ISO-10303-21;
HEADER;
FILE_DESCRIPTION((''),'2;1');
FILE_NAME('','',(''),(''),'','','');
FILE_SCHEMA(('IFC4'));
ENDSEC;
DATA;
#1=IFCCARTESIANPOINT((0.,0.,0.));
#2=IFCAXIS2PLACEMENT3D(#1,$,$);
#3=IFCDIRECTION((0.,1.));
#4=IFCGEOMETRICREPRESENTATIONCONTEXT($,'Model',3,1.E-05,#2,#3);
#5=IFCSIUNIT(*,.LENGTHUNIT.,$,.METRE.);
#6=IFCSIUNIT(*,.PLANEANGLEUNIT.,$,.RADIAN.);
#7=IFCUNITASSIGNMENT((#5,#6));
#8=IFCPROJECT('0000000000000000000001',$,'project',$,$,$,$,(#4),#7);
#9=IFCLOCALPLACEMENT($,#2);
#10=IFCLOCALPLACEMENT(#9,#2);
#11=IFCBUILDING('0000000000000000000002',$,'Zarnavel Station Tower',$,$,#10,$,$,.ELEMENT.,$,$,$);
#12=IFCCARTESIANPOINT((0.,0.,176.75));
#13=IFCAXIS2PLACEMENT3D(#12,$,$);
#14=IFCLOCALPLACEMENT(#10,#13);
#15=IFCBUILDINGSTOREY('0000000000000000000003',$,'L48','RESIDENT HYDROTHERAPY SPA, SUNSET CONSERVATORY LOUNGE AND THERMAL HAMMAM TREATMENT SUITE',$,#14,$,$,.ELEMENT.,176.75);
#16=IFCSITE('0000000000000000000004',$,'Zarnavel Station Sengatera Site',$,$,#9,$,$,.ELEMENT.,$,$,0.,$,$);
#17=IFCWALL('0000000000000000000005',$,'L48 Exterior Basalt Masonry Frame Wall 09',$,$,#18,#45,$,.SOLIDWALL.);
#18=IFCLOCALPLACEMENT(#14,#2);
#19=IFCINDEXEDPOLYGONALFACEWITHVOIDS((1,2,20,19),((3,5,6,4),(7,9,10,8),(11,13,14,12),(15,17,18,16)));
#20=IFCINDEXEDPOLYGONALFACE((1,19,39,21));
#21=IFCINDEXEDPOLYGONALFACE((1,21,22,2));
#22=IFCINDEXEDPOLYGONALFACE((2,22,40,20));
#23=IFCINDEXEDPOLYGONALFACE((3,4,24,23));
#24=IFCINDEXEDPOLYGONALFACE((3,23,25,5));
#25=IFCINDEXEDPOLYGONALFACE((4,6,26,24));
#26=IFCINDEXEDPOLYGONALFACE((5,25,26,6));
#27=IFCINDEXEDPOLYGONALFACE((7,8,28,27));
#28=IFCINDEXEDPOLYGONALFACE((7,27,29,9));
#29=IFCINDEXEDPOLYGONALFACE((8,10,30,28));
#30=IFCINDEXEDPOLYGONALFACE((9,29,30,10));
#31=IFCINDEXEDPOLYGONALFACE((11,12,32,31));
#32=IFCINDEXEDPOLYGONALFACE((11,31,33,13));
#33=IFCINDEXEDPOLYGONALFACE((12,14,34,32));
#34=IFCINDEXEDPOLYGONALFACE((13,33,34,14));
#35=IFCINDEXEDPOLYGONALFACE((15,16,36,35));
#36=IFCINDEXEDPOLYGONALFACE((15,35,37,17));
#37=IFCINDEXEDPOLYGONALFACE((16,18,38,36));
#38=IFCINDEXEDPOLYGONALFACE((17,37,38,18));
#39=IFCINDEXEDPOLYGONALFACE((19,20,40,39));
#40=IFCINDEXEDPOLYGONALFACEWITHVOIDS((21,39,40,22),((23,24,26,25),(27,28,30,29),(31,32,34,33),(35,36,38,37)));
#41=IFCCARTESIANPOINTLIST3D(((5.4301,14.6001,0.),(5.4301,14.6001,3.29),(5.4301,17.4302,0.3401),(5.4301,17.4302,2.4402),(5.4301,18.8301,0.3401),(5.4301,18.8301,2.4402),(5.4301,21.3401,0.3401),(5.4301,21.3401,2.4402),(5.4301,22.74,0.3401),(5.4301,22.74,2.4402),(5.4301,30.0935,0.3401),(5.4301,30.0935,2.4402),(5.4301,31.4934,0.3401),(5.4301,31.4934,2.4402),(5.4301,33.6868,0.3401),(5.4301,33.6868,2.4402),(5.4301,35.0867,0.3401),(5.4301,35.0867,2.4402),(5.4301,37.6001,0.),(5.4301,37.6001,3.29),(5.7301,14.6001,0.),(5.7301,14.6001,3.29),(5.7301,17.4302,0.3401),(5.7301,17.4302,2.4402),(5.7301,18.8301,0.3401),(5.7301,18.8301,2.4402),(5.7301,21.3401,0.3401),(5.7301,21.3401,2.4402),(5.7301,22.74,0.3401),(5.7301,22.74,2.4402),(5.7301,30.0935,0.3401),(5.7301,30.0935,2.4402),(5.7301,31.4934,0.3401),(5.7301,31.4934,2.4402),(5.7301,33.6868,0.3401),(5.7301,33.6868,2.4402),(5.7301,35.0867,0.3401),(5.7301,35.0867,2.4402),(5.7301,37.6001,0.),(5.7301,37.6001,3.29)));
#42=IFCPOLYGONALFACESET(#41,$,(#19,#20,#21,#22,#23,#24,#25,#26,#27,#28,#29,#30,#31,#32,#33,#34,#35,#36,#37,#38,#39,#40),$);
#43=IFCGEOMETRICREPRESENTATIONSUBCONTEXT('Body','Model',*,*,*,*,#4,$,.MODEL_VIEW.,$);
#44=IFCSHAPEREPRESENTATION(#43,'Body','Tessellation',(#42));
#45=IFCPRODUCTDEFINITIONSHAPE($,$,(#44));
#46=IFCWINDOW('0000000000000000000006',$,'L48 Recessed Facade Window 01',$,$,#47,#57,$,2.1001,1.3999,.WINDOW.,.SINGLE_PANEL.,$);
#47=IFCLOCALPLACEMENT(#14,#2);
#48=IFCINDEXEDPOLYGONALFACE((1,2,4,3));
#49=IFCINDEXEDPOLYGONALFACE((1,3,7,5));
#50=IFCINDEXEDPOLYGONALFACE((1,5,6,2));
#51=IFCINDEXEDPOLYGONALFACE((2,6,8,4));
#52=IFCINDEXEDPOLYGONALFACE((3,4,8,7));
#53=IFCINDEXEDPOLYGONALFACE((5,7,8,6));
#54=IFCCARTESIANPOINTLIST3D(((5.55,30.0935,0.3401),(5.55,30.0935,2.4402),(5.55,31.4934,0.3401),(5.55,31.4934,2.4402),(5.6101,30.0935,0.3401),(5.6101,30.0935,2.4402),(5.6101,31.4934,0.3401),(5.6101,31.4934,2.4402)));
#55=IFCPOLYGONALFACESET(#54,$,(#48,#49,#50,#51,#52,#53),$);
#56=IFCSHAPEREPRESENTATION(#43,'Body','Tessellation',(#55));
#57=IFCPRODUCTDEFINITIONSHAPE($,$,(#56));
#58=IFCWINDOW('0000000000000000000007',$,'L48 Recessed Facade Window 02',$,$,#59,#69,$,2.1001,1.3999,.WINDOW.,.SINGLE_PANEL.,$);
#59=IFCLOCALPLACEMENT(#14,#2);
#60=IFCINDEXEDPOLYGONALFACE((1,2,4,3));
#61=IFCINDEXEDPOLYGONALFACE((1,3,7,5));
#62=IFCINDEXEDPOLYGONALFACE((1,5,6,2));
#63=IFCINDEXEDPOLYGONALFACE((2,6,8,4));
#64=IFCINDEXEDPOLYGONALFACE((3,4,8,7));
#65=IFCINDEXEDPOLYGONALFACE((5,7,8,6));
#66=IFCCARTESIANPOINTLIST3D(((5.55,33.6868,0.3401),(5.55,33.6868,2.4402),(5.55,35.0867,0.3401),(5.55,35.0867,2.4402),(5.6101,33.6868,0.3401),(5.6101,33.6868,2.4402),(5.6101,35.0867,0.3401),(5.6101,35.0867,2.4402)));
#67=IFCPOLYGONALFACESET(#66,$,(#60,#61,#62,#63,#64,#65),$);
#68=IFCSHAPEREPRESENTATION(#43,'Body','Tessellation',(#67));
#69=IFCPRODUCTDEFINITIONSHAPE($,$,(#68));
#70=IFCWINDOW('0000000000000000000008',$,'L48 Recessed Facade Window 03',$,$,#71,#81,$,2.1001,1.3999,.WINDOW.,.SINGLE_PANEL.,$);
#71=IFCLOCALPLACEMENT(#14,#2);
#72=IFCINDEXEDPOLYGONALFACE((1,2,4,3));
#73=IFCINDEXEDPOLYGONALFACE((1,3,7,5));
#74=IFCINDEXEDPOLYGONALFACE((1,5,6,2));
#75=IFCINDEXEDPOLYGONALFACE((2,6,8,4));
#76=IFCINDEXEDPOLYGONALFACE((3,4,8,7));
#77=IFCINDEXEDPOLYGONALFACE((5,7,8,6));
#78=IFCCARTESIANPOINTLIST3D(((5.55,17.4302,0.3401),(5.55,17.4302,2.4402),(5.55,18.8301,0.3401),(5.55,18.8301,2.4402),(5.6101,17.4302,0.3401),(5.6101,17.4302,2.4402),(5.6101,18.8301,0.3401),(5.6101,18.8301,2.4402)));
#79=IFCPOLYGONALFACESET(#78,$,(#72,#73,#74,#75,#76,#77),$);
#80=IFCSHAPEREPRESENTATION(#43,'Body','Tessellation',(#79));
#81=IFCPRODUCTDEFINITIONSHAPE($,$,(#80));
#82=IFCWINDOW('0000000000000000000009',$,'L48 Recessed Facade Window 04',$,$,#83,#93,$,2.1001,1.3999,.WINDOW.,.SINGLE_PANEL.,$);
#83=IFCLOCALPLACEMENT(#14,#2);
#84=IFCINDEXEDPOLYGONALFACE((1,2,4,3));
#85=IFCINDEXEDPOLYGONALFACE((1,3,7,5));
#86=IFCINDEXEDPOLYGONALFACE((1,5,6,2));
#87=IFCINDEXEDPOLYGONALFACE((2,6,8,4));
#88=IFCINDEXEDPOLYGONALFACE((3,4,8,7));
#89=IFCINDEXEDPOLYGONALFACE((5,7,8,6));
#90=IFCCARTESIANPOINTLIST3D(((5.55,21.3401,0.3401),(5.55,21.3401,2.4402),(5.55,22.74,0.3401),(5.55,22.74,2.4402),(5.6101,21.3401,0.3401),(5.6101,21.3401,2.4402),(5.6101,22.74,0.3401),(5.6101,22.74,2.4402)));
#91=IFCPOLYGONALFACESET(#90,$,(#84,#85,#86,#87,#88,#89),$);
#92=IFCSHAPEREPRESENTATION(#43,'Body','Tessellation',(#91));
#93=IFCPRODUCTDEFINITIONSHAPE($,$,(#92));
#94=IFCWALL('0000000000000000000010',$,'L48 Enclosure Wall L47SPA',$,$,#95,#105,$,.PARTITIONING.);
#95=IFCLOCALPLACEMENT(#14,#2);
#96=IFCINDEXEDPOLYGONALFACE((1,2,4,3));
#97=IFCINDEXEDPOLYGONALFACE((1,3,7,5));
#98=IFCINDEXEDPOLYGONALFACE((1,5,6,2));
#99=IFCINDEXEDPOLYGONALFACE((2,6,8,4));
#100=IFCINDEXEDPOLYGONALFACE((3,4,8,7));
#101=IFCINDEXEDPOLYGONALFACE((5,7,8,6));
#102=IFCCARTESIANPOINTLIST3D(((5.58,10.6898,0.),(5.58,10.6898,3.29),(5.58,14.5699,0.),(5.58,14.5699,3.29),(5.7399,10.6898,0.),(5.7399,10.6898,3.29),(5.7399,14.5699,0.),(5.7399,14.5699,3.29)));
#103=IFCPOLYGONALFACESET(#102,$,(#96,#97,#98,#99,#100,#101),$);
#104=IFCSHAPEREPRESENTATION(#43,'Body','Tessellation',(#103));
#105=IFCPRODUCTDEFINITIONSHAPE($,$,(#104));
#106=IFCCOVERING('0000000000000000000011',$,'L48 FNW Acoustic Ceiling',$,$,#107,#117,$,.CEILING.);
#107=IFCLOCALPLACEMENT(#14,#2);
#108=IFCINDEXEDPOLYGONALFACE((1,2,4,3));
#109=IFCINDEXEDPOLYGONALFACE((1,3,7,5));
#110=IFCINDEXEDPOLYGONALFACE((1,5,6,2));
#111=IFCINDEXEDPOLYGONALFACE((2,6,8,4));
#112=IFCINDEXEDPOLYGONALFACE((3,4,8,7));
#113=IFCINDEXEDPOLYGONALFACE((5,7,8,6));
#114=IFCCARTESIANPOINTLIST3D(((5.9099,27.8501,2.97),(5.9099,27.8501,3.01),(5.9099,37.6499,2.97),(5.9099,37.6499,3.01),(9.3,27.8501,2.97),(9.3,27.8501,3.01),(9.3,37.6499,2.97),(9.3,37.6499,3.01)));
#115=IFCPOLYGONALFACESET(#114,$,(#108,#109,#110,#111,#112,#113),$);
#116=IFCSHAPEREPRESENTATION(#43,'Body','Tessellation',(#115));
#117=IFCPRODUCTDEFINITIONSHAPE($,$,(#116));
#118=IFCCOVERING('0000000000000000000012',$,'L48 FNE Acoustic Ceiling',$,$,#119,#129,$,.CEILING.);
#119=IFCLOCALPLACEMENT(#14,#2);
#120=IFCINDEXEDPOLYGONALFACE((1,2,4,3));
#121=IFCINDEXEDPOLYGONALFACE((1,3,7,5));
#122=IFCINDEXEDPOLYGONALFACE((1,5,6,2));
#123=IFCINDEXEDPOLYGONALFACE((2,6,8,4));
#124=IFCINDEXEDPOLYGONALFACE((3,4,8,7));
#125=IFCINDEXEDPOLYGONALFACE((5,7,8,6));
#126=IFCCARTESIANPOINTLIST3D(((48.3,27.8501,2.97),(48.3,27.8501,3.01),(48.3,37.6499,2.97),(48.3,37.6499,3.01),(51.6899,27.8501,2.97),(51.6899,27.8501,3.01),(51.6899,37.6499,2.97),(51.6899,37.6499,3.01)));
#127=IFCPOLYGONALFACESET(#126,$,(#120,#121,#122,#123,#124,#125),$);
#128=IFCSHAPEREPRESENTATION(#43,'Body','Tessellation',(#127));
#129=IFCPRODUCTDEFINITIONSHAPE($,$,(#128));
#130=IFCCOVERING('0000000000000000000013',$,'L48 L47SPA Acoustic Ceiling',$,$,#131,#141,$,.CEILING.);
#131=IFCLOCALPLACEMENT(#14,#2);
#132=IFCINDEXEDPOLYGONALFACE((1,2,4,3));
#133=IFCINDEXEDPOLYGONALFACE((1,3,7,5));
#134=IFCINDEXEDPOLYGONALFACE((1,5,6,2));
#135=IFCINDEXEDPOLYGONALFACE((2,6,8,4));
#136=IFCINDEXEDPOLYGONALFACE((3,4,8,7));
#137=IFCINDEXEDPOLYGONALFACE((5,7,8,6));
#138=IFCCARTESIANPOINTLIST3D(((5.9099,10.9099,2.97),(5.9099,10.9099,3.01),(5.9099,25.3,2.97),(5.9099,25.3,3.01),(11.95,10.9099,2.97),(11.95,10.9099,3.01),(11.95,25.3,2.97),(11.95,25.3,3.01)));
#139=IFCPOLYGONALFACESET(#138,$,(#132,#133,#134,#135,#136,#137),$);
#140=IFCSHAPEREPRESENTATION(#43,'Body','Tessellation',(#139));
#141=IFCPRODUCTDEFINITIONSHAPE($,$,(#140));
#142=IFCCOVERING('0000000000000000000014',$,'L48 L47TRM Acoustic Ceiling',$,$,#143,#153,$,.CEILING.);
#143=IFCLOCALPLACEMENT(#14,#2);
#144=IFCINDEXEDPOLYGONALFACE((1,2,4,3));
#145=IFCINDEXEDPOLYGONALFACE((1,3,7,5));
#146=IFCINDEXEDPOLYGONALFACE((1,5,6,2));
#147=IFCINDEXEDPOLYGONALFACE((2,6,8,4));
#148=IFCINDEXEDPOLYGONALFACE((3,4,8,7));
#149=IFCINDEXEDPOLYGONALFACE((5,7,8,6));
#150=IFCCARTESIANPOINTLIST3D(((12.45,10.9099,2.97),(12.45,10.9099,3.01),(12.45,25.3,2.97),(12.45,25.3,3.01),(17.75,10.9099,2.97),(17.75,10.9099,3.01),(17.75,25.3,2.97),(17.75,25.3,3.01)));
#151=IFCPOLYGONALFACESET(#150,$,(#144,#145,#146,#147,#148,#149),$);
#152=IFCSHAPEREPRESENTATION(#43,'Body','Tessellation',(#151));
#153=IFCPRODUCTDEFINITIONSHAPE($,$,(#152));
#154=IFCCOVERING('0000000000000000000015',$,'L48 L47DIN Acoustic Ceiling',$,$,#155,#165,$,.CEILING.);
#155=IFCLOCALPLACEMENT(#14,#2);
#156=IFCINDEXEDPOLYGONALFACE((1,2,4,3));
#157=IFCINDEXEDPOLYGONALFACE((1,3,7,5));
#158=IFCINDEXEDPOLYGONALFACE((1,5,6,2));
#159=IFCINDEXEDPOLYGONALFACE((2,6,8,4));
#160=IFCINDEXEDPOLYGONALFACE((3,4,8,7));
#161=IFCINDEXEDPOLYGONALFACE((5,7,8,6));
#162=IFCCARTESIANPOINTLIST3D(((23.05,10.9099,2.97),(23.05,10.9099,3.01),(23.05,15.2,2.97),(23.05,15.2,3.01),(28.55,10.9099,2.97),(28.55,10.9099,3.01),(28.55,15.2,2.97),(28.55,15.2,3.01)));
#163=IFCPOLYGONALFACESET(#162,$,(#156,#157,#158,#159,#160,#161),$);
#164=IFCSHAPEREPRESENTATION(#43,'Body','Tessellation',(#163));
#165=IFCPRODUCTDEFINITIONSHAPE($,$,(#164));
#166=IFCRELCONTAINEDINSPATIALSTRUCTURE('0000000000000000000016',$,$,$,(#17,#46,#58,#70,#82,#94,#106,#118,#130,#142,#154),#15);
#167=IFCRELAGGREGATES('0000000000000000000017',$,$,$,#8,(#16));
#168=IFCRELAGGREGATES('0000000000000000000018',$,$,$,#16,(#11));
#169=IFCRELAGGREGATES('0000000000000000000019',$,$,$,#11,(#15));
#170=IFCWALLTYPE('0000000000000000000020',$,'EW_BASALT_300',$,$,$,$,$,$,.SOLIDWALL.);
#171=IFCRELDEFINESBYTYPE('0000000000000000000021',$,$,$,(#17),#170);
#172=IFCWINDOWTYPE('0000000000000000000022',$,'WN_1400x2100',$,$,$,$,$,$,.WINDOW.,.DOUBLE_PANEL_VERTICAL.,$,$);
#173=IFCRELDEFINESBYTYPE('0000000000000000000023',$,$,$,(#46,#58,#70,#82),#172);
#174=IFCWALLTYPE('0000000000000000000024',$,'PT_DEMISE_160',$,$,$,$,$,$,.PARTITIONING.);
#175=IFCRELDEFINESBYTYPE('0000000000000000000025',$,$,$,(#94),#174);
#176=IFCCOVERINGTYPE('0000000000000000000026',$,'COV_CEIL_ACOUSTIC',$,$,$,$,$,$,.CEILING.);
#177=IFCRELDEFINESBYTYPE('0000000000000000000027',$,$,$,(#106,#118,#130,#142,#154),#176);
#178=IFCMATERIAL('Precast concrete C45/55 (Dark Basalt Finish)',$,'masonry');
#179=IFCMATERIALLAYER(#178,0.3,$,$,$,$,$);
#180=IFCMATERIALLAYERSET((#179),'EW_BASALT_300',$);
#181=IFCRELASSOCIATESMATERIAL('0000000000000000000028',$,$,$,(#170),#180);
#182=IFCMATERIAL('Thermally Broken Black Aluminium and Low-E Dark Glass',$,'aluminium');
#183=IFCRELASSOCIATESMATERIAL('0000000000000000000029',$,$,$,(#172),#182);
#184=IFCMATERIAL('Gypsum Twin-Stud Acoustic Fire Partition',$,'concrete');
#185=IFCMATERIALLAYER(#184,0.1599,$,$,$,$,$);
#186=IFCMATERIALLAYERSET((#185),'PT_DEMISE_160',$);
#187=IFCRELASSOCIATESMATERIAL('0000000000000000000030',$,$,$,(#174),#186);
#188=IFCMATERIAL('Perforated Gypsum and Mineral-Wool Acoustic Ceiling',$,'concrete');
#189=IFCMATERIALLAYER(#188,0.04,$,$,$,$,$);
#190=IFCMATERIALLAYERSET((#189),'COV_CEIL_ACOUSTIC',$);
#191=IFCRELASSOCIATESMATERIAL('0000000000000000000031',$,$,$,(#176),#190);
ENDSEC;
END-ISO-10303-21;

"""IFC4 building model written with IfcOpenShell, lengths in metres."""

from ifc_helpers import new_model, si_unit, direction, frame, frame_2d, origin, place, context, subcontext, project, spatial, polyline, rectangle, outline, extrude, material, layer, layer_set, type_object, element, fill, save


model = new_model("IFC4")

# Units and contexts
model_context = context("Model", 3, precision=1e-05, world=origin(), true_north=direction((0.0, 1.0)))
body_context = subcontext(model_context, "Body", "Model", "MODEL_VIEW")
ifc_project = project(units=[si_unit("LENGTHUNIT", "METRE"), si_unit("PLANEANGLEUNIT", "RADIAN")], contexts=[model_context])

# Site, building, storey
site_placement = place(None, origin())
site = spatial("IfcSite", under=ifc_project, at=site_placement, Name="Zarnavel Station Sengatera Site", CompositionType="ELEMENT", RefElevation=0.0)
building_placement = place(site_placement, origin())
building = spatial("IfcBuilding", under=site, at=building_placement, Name="Zarnavel Station Tower", CompositionType="ELEMENT")
storey_placement = place(building_placement, frame((0.0, 0.0, 176.75)))
storey = spatial("IfcBuildingStorey", under=building, at=storey_placement, Name="L48", Description="RESIDENT HYDROTHERAPY SPA, SUNSET CONSERVATORY LOUNGE AND THERMAL HAMMAM TREATMENT SUITE", CompositionType="ELEMENT", Elevation=176.75)

# Wall, openings, windows
ifc_material_1 = material(Name="Precast concrete C45/55 (Dark Basalt Finish)", Category="masonry")
ifc_layer_1 = layer(ifc_material_1, 0.3)
ifc_layer_set_1 = layer_set([ifc_layer_1], Name="EW_BASALT_300")
wall_type_1 = type_object("IfcWallType", Name="EW_BASALT_300", PredefinedType="SOLIDWALL", material=ifc_layer_set_1)
wall_1_placement = place(storey_placement, frame((5.5801, 14.6001, 0.0), z_axis=(0.0, 0.0, 1.0), x_axis=(0.0, 1.0, 0.0)))
wall_1 = element("IfcWall", 1, at=wall_1_placement, inside=storey, type_object=wall_type_1, Name="L48 Exterior Basalt Masonry Frame Wall 09", PredefinedType="SOLIDWALL", context=body_context, shape_type="SweptSolid", body=[
    extrude(rectangle(XDim=23.0, YDim=0.3, at=frame_2d((11.5, 0.0))), origin(), (0.0, 0.0, 1.0), 3.29),
])
opening_1_placement = place(wall_1_placement, frame((15.4934, 0.0, 0.3401)))
opening_1 = element("IfcOpeningElement", 2, at=opening_1_placement, cuts=wall_1, PredefinedType="OPENING", context=body_context, shape_type="SweptSolid", body=[
    extrude(rectangle(XDim=1.3999, YDim=2.1001, at=frame_2d((0.7, 1.05))), frame((0.0, 0.1599, 0.0), z_axis=(0.0, -1.0, 0.0), x_axis=(1.0, 0.0, 0.0)), (0.0, 0.0, 1.0), 0.3201),
])
opening_2_placement = place(wall_1_placement, frame((19.0867, 0.0, 0.3401)))
opening_2 = element("IfcOpeningElement", 3, at=opening_2_placement, cuts=wall_1, PredefinedType="OPENING", context=body_context, shape_type="SweptSolid", body=[
    extrude(rectangle(XDim=1.3999, YDim=2.1001, at=frame_2d((0.7, 1.05))), frame((0.0, 0.1599, 0.0), z_axis=(0.0, -1.0, 0.0), x_axis=(1.0, 0.0, 0.0)), (0.0, 0.0, 1.0), 0.3201),
])
opening_3_placement = place(wall_1_placement, frame((2.8301, 0.0, 0.3401)))
opening_3 = element("IfcOpeningElement", 4, at=opening_3_placement, cuts=wall_1, PredefinedType="OPENING", context=body_context, shape_type="SweptSolid", body=[
    extrude(rectangle(XDim=1.3999, YDim=2.1001, at=frame_2d((0.7, 1.05))), frame((0.0, 0.1599, 0.0), z_axis=(0.0, -1.0, 0.0), x_axis=(1.0, 0.0, 0.0)), (0.0, 0.0, 1.0), 0.3201),
])
opening_4_placement = place(wall_1_placement, frame((6.74, 0.0, 0.3401)))
opening_4 = element("IfcOpeningElement", 5, at=opening_4_placement, cuts=wall_1, PredefinedType="OPENING", context=body_context, shape_type="SweptSolid", body=[
    extrude(rectangle(XDim=1.3999, YDim=2.1001, at=frame_2d((0.7, 1.05))), frame((0.0, 0.1599, 0.0), z_axis=(0.0, -1.0, 0.0), x_axis=(1.0, 0.0, 0.0)), (0.0, 0.0, 1.0), 0.3201),
])
ifc_material_2 = material(Name="Thermally Broken Black Aluminium and Low-E Dark Glass", Category="aluminium")
window_type = type_object("IfcWindowType", Name="WN_1400x2100", PartitioningType="DOUBLE_PANEL_VERTICAL", PredefinedType="WINDOW", material=ifc_material_2)
window_1_placement = place(opening_1_placement, origin())
window_1 = element("IfcWindow", 6, at=window_1_placement, inside=storey, type_object=window_type, Name="L48 Recessed Facade Window 01", OverallHeight=2.1001, OverallWidth=1.3999, PartitioningType="SINGLE_PANEL", PredefinedType="WINDOW", context=body_context, shape_type="SweptSolid", body=[
    extrude(rectangle(XDim=1.3999, YDim=2.1001, at=frame_2d((0.7, 1.05))), frame((0.0, 0.03, 0.0), z_axis=(0.0, -1.0, 0.0), x_axis=(1.0, 0.0, 0.0)), (0.0, 0.0, 1.0), 0.0601),
])
fill(opening_1, window_1)
window_2_placement = place(opening_2_placement, origin())
window_2 = element("IfcWindow", 7, at=window_2_placement, inside=storey, type_object=window_type, Name="L48 Recessed Facade Window 02", OverallHeight=2.1001, OverallWidth=1.3999, PartitioningType="SINGLE_PANEL", PredefinedType="WINDOW", context=body_context, shape_type="SweptSolid", body=[
    extrude(rectangle(XDim=1.3999, YDim=2.1001, at=frame_2d((0.7, 1.05))), frame((0.0, 0.03, 0.0), z_axis=(0.0, -1.0, 0.0), x_axis=(1.0, 0.0, 0.0)), (0.0, 0.0, 1.0), 0.0601),
])
fill(opening_2, window_2)
window_3_placement = place(opening_3_placement, origin())
window_3 = element("IfcWindow", 8, at=window_3_placement, inside=storey, type_object=window_type, Name="L48 Recessed Facade Window 03", OverallHeight=2.1001, OverallWidth=1.3999, PartitioningType="SINGLE_PANEL", PredefinedType="WINDOW", context=body_context, shape_type="SweptSolid", body=[
    extrude(rectangle(XDim=1.3999, YDim=2.1001, at=frame_2d((0.7, 1.05))), frame((0.0, 0.03, 0.0), z_axis=(0.0, -1.0, 0.0), x_axis=(1.0, 0.0, 0.0)), (0.0, 0.0, 1.0), 0.0601),
])
fill(opening_3, window_3)
window_4_placement = place(opening_4_placement, origin())
window_4 = element("IfcWindow", 9, at=window_4_placement, inside=storey, type_object=window_type, Name="L48 Recessed Facade Window 04", OverallHeight=2.1001, OverallWidth=1.3999, PartitioningType="SINGLE_PANEL", PredefinedType="WINDOW", context=body_context, shape_type="SweptSolid", body=[
    extrude(rectangle(XDim=1.3999, YDim=2.1001, at=frame_2d((0.7, 1.05))), frame((0.0, 0.03, 0.0), z_axis=(0.0, -1.0, 0.0), x_axis=(1.0, 0.0, 0.0)), (0.0, 0.0, 1.0), 0.0601),
])
fill(opening_4, window_4)

# Wall
ifc_material_3 = material(Name="Gypsum Twin-Stud Acoustic Fire Partition", Category="concrete")
ifc_layer_2 = layer(ifc_material_3, 0.1599)
ifc_layer_set_2 = layer_set([ifc_layer_2], Name="PT_DEMISE_160")
wall_type_2 = type_object("IfcWallType", Name="PT_DEMISE_160", PredefinedType="PARTITIONING", material=ifc_layer_set_2)
wall_2_placement = place(storey_placement, frame((5.6599, 10.6899, 0.0), z_axis=(0.0, 0.0, 1.0), x_axis=(0.0, 1.0, 0.0)))
element("IfcWall", 10, at=wall_2_placement, inside=storey, type_object=wall_type_2, Name="L48 Enclosure Wall L47SPA", PredefinedType="PARTITIONING", context=body_context, shape_type="SweptSolid", body=[
    extrude(rectangle(XDim=3.8801, YDim=0.1599, at=frame_2d((1.9399, 0.0))), origin(), (0.0, 0.0, 1.0), 3.29),
])

# Coverings
ifc_material_4 = material(Name="Perforated Gypsum and Mineral-Wool Acoustic Ceiling", Category="concrete")
ifc_layer_3 = layer(ifc_material_4, 0.04)
ifc_layer_set_3 = layer_set([ifc_layer_3], Name="COV_CEIL_ACOUSTIC")
covering_type_1 = type_object("IfcCoveringType", Name="COV_CEIL_ACOUSTIC", PredefinedType="CEILING", material=ifc_layer_set_3)
covering_1_placement = place(storey_placement, frame((0.0, 0.0, 2.97)))
element("IfcCovering", 11, at=covering_1_placement, inside=storey, type_object=covering_type_1, Name="L48 FNW Acoustic Ceiling", PredefinedType="CEILING", context=body_context, shape_type="SweptSolid", body=[
    extrude(outline(polyline([(5.9099, 27.8501), (9.3, 27.8501), (9.3, 37.6499), (5.9099, 37.6499), (5.9099, 27.8501)])), origin(), (0.0, 0.0, 1.0), 0.04),
])
covering_2_placement = place(storey_placement, frame((0.0, 0.0, 2.97)))
element("IfcCovering", 12, at=covering_2_placement, inside=storey, type_object=covering_type_1, Name="L48 FNE Acoustic Ceiling", PredefinedType="CEILING", context=body_context, shape_type="SweptSolid", body=[
    extrude(outline(polyline([(48.3, 27.8501), (51.6899, 27.8501), (51.6899, 37.6499), (48.3, 37.6499), (48.3, 27.8501)])), origin(), (0.0, 0.0, 1.0), 0.04),
])
covering_3_placement = place(storey_placement, frame((0.0, 0.0, 2.97)))
element("IfcCovering", 13, at=covering_3_placement, inside=storey, type_object=covering_type_1, Name="L48 L47SPA Acoustic Ceiling", PredefinedType="CEILING", context=body_context, shape_type="SweptSolid", body=[
    extrude(outline(polyline([(5.9099, 10.9099), (11.95, 10.9099), (11.95, 25.3), (5.9099, 25.3), (5.9099, 10.9099)])), origin(), (0.0, 0.0, 1.0), 0.04),
])
covering_4_placement = place(storey_placement, frame((0.0, 0.0, 2.97)))
element("IfcCovering", 14, at=covering_4_placement, inside=storey, type_object=covering_type_1, Name="L48 L47TRM Acoustic Ceiling", PredefinedType="CEILING", context=body_context, shape_type="SweptSolid", body=[
    extrude(outline(polyline([(12.45, 10.9099), (17.75, 10.9099), (17.75, 25.3), (12.45, 25.3), (12.45, 10.9099)])), origin(), (0.0, 0.0, 1.0), 0.04),
])
covering_5_placement = place(storey_placement, frame((0.0, 0.0, 2.97)))
element("IfcCovering", 15, at=covering_5_placement, inside=storey, type_object=covering_type_1, Name="L48 L47DIN Acoustic Ceiling", PredefinedType="CEILING", context=body_context, shape_type="SweptSolid", body=[
    extrude(outline(polyline([(23.05, 10.9099), (28.55, 10.9099), (28.55, 15.2), (23.05, 15.2), (23.05, 10.9099)])), origin(), (0.0, 0.0, 1.0), 0.04),
])

save(model, "model.ifc")
